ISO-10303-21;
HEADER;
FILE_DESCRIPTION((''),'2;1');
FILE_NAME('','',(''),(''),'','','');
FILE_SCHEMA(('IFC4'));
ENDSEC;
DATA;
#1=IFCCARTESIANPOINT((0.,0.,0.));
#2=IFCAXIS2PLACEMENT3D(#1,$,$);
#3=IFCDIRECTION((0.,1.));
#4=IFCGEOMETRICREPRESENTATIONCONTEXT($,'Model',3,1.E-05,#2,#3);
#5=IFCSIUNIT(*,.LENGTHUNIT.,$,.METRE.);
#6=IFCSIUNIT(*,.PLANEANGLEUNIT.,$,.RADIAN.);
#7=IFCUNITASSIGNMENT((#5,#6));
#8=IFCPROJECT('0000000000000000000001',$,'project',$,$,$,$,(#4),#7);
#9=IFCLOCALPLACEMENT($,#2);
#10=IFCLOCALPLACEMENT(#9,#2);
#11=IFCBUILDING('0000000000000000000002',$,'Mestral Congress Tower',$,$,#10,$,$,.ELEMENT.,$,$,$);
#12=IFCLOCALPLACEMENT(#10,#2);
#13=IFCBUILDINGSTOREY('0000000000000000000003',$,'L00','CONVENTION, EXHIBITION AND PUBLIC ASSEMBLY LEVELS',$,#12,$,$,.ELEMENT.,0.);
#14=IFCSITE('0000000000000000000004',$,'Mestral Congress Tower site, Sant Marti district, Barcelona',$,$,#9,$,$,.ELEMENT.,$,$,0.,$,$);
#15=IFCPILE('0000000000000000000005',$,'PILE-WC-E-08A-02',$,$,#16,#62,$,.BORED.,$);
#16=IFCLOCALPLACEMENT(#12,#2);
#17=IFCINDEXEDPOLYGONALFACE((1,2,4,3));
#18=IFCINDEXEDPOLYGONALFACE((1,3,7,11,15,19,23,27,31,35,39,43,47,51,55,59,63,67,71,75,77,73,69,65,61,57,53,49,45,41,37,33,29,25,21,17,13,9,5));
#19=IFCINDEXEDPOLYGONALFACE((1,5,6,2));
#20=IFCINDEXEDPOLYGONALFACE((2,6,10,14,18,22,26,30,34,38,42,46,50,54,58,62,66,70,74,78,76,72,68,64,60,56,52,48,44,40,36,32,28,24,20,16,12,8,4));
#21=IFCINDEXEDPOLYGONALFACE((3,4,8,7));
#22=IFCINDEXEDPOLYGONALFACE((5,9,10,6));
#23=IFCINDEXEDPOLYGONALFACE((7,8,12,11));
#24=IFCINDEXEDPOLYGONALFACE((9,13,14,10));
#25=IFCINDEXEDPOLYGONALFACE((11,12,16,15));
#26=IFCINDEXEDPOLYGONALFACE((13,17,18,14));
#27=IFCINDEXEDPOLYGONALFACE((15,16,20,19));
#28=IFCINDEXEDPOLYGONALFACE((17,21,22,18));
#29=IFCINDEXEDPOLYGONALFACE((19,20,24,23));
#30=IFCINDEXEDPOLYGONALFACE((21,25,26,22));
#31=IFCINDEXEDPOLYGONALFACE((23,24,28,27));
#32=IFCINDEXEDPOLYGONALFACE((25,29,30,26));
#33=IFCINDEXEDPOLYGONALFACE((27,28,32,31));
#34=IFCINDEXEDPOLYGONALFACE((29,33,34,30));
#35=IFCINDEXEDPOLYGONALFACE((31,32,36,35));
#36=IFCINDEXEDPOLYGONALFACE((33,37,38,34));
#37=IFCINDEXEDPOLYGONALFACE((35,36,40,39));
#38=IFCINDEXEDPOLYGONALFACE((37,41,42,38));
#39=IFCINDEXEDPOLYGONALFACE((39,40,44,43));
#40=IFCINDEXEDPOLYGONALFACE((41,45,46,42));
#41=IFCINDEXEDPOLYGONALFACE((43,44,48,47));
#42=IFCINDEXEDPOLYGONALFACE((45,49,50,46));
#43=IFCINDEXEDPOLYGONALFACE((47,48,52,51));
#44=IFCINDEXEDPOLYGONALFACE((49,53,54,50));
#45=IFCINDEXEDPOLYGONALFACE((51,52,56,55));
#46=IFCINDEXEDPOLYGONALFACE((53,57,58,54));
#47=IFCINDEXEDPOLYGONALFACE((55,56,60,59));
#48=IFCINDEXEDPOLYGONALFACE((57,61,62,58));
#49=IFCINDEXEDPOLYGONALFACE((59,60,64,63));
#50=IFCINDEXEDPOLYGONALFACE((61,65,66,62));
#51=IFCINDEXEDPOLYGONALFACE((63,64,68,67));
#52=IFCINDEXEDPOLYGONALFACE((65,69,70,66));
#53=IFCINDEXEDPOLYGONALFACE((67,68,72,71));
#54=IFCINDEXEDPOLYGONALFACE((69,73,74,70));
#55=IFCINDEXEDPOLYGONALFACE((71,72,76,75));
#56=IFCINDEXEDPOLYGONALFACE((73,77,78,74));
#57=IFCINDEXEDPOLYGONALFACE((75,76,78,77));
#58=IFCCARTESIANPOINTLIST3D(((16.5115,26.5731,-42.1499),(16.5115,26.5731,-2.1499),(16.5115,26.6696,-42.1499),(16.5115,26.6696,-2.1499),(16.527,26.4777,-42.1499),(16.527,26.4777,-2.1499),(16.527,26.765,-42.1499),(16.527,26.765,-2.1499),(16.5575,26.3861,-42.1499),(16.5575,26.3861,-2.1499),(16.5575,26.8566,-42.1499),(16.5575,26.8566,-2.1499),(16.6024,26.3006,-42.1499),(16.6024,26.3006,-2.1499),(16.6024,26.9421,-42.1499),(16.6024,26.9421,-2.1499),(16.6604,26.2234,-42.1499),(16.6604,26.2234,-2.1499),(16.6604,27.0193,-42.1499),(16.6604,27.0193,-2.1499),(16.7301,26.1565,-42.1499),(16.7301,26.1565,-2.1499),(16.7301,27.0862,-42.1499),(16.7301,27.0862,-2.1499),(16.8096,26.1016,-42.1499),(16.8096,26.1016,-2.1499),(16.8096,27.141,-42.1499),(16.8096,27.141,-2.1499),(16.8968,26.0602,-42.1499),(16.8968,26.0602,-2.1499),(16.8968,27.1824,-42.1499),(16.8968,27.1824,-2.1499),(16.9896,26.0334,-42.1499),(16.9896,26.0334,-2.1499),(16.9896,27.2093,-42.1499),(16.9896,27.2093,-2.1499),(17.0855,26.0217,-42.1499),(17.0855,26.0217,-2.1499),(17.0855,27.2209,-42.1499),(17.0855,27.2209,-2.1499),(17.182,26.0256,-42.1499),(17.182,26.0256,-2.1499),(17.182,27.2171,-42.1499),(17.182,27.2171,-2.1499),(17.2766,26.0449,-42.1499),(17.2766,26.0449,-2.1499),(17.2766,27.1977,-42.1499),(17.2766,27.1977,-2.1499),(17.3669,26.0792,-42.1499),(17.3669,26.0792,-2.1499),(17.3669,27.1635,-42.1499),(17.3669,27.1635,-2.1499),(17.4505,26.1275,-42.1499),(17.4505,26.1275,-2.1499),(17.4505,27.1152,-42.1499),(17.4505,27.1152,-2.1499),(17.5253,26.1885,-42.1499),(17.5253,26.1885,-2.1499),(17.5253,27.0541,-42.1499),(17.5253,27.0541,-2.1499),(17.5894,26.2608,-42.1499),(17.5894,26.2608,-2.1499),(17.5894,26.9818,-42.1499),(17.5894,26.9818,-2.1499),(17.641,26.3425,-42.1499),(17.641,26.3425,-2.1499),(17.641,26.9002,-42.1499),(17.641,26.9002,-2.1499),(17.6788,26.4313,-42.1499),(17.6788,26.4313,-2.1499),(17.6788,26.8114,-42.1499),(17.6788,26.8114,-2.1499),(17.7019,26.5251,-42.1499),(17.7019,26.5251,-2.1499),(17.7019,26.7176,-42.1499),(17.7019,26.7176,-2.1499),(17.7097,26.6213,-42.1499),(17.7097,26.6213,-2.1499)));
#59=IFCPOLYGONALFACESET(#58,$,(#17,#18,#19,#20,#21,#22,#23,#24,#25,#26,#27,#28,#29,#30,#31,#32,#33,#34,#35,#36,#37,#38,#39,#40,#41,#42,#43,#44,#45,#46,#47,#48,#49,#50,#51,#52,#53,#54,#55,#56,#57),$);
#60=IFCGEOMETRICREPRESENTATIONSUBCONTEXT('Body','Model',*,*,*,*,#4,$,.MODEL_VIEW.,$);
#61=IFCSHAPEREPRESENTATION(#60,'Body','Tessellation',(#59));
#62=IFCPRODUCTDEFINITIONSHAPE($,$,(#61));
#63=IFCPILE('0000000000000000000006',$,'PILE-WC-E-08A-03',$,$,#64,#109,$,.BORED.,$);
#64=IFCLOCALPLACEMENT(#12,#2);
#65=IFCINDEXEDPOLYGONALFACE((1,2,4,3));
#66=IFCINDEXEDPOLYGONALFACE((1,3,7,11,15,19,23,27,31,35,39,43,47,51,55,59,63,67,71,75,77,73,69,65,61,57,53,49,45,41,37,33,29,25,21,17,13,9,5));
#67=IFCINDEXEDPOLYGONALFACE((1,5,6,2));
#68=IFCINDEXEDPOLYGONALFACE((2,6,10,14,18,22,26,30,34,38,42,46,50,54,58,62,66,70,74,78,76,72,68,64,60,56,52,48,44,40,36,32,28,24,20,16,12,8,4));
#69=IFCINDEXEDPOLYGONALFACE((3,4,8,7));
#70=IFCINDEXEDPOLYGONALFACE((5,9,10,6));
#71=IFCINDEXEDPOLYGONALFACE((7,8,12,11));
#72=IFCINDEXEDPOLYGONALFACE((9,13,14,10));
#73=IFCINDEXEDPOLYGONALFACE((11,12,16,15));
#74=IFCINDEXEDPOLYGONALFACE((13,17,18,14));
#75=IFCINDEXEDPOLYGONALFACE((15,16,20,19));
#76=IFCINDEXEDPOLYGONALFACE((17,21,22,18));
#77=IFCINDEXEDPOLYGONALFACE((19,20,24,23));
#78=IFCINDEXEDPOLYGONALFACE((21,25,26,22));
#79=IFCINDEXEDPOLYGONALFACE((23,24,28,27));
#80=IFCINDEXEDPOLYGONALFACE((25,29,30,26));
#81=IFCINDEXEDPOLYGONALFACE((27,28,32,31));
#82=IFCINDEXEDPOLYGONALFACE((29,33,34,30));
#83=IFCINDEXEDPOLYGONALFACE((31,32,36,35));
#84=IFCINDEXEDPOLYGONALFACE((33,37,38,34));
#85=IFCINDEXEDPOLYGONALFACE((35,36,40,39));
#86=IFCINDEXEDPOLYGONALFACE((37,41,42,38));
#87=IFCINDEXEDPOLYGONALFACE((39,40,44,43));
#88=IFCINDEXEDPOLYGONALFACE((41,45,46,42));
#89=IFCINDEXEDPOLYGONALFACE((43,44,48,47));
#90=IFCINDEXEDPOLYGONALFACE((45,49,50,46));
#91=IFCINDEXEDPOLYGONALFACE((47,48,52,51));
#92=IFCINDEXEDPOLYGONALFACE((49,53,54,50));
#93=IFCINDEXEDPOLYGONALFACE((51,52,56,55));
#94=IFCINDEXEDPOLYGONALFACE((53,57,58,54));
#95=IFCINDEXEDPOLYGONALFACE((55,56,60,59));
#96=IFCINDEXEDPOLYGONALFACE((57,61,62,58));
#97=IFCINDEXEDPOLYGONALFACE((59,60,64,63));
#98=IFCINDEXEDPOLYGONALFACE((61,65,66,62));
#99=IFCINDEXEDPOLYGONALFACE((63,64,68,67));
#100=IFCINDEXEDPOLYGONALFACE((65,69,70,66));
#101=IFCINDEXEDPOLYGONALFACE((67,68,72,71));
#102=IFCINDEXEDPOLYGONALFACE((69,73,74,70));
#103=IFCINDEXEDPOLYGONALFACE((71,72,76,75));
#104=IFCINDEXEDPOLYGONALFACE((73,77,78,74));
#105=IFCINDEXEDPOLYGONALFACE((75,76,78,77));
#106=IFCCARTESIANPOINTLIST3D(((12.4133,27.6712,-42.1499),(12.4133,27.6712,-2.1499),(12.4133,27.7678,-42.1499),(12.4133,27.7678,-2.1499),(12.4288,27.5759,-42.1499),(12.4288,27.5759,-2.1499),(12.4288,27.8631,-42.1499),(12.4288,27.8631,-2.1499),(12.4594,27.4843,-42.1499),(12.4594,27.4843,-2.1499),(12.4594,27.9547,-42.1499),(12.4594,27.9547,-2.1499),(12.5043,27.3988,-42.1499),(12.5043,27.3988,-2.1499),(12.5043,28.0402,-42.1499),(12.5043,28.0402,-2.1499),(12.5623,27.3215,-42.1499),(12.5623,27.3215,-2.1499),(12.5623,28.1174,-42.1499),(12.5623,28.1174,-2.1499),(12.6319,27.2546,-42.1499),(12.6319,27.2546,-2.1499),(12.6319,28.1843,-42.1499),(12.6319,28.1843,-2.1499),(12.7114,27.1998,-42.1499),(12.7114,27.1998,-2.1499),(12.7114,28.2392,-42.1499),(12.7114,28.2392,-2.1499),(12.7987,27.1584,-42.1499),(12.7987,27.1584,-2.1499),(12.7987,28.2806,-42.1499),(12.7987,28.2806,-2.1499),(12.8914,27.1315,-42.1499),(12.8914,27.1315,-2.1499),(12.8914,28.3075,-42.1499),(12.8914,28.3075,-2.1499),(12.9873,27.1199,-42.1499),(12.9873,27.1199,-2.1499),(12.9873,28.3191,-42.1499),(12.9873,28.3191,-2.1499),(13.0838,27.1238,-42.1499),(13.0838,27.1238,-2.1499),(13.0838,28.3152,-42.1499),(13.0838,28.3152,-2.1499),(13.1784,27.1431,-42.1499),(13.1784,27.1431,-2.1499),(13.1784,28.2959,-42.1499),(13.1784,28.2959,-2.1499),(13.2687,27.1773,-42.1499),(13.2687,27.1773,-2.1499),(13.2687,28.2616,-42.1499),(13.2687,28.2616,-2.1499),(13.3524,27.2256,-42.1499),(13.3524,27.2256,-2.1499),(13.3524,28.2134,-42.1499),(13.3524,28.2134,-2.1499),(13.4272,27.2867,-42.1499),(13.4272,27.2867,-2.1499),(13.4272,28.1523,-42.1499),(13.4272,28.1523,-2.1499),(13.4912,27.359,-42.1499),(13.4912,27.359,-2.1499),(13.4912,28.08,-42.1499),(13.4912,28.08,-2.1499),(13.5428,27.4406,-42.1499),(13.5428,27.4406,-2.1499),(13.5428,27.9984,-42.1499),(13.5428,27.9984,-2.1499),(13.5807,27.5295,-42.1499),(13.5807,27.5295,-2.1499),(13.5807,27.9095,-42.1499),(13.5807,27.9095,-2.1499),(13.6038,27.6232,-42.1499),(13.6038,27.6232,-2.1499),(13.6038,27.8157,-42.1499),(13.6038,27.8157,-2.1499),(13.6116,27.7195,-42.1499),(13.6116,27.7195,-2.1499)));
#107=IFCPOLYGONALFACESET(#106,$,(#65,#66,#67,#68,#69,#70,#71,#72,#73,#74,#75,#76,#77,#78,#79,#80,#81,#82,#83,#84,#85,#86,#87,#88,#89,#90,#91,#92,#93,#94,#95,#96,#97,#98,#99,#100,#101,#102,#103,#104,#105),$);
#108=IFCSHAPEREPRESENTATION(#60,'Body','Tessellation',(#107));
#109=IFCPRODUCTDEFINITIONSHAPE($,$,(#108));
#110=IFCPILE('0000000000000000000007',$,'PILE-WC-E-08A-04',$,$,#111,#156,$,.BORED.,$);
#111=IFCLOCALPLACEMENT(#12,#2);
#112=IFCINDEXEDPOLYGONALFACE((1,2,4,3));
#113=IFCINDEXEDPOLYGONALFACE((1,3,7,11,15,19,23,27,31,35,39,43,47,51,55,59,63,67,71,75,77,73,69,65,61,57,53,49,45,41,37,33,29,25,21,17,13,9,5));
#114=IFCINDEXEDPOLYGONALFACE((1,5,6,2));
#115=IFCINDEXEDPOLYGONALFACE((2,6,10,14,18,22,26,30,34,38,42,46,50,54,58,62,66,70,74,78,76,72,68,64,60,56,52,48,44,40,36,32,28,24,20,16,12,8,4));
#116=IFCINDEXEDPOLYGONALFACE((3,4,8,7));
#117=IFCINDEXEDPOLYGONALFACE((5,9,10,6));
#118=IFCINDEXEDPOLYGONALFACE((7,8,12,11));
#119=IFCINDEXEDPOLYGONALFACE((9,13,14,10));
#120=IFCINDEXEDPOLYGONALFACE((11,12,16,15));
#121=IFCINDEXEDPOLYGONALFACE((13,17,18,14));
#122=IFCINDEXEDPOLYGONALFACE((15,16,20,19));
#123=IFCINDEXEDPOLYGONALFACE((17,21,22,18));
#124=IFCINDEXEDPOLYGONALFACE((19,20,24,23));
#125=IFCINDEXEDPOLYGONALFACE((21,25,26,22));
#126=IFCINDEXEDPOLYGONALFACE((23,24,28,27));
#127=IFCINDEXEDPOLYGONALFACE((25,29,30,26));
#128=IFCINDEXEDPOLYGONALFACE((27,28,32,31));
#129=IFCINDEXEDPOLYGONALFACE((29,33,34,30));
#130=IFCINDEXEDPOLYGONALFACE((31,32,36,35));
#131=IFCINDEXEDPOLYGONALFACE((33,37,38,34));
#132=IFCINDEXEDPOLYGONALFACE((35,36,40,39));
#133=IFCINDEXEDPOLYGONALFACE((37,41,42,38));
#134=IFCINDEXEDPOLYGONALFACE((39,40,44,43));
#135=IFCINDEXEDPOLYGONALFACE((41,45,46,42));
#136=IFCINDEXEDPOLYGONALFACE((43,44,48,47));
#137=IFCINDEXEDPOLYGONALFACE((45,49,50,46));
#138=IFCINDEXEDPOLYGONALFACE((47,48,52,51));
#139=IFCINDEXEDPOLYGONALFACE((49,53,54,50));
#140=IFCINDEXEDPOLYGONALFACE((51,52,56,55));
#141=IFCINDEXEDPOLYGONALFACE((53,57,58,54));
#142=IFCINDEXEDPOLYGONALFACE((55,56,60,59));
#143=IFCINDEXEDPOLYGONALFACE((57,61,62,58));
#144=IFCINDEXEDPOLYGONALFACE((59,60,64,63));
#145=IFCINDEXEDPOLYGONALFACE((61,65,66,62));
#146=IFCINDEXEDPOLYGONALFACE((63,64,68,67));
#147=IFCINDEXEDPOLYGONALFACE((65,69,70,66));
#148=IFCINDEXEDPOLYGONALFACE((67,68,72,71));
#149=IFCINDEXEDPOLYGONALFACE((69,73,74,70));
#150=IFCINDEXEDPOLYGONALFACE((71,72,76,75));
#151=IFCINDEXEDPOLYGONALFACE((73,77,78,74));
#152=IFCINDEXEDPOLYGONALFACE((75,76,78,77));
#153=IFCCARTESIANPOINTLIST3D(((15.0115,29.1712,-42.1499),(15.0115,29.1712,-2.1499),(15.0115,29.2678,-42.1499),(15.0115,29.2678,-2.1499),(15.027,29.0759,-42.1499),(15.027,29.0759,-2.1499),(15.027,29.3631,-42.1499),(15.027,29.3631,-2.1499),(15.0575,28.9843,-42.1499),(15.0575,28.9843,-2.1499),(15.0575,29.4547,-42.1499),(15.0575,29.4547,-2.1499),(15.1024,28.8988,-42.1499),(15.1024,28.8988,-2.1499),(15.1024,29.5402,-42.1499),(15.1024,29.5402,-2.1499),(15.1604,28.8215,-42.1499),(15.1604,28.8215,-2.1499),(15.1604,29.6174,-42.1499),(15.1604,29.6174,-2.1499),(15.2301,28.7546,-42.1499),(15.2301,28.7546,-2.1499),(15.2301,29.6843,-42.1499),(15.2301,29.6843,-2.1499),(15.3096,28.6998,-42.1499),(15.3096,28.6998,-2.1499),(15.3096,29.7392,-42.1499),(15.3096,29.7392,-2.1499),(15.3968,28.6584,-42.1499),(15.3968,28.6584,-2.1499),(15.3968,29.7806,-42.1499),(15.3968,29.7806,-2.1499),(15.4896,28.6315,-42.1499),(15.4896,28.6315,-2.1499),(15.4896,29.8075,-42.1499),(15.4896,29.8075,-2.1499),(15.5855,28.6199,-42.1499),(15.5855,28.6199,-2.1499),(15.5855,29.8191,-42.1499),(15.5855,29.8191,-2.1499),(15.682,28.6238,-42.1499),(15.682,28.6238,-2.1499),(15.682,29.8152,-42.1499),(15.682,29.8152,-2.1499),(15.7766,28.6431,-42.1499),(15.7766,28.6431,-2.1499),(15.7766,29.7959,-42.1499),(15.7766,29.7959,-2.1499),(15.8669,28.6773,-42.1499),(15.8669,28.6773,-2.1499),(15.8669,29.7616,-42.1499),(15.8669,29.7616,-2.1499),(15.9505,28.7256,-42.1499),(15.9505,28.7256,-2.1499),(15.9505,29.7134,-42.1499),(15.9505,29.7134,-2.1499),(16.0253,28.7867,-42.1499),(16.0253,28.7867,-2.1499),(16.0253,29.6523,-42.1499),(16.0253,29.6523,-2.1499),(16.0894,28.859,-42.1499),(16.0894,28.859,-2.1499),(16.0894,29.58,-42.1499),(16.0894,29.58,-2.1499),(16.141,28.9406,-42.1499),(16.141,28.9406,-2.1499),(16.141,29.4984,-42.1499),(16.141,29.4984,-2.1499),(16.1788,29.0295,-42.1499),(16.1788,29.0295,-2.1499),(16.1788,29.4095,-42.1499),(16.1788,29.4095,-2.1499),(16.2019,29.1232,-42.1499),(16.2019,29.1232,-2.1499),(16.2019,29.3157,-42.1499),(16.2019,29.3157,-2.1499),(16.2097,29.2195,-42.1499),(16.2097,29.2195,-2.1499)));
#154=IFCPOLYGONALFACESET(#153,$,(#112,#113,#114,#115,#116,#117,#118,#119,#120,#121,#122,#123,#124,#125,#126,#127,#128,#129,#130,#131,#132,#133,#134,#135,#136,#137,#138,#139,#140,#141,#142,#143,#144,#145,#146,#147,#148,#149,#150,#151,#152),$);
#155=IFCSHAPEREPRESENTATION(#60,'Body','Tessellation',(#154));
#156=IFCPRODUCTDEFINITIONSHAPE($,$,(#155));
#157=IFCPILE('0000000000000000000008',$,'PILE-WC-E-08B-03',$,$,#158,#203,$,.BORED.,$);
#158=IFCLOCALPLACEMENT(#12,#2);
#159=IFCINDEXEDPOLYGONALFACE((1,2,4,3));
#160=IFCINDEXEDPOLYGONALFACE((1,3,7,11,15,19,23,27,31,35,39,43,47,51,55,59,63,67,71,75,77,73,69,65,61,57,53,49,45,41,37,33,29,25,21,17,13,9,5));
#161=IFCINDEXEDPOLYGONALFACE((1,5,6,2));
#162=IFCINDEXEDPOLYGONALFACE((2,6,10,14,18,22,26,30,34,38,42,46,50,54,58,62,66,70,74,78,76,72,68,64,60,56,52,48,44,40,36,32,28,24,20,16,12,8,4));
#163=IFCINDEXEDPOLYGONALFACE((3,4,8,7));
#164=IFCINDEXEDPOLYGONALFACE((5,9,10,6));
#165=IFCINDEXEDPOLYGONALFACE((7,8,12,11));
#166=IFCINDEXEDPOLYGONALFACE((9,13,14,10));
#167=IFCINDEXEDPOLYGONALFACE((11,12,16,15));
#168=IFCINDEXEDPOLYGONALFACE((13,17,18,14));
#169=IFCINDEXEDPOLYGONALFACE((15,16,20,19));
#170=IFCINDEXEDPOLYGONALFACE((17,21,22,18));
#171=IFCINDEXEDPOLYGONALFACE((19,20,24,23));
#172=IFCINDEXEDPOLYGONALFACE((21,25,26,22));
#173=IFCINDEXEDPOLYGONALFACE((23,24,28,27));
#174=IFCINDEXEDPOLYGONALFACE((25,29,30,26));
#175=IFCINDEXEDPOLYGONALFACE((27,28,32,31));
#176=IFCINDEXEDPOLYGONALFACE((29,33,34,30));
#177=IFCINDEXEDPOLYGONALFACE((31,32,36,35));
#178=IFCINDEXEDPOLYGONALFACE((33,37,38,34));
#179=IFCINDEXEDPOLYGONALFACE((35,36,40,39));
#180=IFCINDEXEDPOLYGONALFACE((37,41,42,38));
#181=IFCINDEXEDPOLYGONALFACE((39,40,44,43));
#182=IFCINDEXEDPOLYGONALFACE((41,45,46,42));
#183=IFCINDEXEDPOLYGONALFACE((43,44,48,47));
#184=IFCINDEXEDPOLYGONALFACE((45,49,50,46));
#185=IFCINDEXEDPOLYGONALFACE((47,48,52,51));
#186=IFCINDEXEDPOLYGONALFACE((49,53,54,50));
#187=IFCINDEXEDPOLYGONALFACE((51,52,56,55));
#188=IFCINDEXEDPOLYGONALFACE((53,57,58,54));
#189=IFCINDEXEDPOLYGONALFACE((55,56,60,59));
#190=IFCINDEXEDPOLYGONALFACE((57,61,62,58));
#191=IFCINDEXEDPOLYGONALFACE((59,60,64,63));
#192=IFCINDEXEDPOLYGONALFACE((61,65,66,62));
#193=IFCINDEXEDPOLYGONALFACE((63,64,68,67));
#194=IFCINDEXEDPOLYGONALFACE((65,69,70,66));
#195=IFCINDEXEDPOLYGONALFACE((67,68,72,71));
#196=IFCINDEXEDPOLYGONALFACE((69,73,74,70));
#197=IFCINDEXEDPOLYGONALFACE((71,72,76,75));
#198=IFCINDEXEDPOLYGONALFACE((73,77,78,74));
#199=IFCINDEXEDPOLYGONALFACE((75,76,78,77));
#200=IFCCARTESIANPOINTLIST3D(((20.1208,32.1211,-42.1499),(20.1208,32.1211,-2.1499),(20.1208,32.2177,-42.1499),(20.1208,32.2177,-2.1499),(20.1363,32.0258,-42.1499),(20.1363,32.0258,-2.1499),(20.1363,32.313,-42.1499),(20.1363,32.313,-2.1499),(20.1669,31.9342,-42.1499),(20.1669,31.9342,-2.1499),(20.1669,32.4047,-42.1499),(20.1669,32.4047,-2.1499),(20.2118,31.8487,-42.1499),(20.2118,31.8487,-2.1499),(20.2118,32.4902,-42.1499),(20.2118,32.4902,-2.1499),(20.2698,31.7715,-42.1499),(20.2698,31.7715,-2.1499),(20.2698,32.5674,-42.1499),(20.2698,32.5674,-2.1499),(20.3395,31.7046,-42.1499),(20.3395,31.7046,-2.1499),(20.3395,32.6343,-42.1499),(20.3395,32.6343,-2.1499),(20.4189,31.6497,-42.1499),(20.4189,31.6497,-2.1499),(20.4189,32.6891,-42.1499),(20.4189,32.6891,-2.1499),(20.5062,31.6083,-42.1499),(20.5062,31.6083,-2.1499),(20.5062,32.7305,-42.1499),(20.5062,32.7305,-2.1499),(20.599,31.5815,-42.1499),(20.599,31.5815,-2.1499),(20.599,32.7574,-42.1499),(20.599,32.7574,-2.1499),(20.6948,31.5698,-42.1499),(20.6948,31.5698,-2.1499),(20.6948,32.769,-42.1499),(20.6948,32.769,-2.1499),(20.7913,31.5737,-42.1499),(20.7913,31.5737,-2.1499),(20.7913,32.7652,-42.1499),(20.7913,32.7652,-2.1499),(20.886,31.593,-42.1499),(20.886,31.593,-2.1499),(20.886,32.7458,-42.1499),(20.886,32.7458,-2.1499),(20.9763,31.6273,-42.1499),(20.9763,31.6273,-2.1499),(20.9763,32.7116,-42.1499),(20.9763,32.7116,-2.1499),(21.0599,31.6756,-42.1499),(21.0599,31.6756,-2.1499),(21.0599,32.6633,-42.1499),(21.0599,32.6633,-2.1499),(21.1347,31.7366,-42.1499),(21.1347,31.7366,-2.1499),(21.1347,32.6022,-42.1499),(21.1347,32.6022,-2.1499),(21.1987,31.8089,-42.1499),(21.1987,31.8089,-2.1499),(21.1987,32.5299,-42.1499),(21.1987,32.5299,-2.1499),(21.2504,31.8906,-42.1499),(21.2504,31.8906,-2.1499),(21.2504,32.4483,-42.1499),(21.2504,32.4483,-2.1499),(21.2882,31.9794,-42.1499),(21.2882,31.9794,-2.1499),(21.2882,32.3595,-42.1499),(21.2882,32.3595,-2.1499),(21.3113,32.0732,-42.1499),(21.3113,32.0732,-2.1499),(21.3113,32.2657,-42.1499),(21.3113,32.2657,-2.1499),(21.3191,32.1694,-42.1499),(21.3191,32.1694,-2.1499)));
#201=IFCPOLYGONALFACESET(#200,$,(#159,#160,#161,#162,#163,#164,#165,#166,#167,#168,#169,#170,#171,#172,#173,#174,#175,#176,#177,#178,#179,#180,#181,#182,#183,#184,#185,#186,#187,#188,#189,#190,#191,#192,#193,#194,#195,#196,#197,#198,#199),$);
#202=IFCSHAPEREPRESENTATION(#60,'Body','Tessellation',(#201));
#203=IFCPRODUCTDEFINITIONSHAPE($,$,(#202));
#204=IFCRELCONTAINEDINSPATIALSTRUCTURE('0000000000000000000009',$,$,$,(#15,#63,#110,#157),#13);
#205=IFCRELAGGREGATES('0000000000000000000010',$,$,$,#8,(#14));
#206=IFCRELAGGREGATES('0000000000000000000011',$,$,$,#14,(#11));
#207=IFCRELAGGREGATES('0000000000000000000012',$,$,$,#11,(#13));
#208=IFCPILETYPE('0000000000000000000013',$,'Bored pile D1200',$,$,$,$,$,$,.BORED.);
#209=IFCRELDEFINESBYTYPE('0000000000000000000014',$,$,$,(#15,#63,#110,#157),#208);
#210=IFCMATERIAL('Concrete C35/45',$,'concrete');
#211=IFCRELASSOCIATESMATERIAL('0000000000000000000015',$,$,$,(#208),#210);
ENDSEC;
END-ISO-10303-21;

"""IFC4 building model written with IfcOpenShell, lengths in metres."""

from ifc_helpers import new_model, si_unit, direction, frame, origin, origin_2d, place, context, subcontext, project, spatial, circle, extrude, material, material_profile, profile_set, type_object, element, save


model = new_model("IFC4")

# Units and contexts
model_context = context("Model", 3, precision=1e-05, world=origin(), true_north=direction((0.0, 1.0)))
body_context = subcontext(model_context, "Body", "Model", "MODEL_VIEW")
ifc_project = project(units=[si_unit("LENGTHUNIT", "METRE"), si_unit("PLANEANGLEUNIT", "RADIAN")], contexts=[model_context])

# Site, building, storey
site_placement = place(None, origin())
site = spatial("IfcSite", under=ifc_project, at=site_placement, Name="Mestral Congress Tower site, Sant Marti district, Barcelona", CompositionType="ELEMENT", RefElevation=0.0)
building_placement = place(site_placement, origin())
building = spatial("IfcBuilding", under=site, at=building_placement, Name="Mestral Congress Tower", CompositionType="ELEMENT")
storey_placement = place(building_placement, origin())
storey = spatial("IfcBuildingStorey", under=building, at=storey_placement, Name="L00", Description="CONVENTION, EXHIBITION AND PUBLIC ASSEMBLY LEVELS", CompositionType="ELEMENT", Elevation=0.0)

# Piles
ifc_material_1 = material(Name="Concrete C35/45", Category="concrete")
ifc_material_profile_1 = material_profile(ifc_material_1, circle(Radius=0.6001, at=origin_2d()), Name="D1200")
ifc_profile_set_1 = profile_set([ifc_material_profile_1], Name="Concrete C35/45")
pile_type_1 = type_object("IfcPileType", Name="Bored pile D1200", PredefinedType="BORED", material=ifc_profile_set_1)
for number, where, z_axis, x_axis, name in (
    (1, (17.1096, 26.6213, -2.1499), (0.0, 0.0, -1.0), (1.0, 0.0, 0.0), "PILE-WC-E-08A-02"),
    (2, (13.0115, 27.7195, -2.1499), (0.0, 0.0, -1.0), (1.0, 0.0, 0.0), "PILE-WC-E-08A-03"),
    (3, (15.6096, 29.2195, -2.1499), (0.0, 0.0, -1.0), (1.0, 0.0, 0.0), "PILE-WC-E-08A-04"),
    (4, (20.719, 32.1694, -2.1499), (0.0, 0.0, -1.0), (1.0, 0.0, 0.0), "PILE-WC-E-08B-03"),
):
    element("IfcPile", number, at=place(storey_placement, frame(where, z_axis=z_axis, x_axis=x_axis)), inside=storey, type_object=pile_type_1, Name=name, PredefinedType="BORED", context=body_context, shape_type="SweptSolid", body=[
        extrude(circle(Radius=0.6001, at=origin_2d()), origin(), (0.0, 0.0, 1.0), 40.0),
    ])

save(model, "model.ifc")
